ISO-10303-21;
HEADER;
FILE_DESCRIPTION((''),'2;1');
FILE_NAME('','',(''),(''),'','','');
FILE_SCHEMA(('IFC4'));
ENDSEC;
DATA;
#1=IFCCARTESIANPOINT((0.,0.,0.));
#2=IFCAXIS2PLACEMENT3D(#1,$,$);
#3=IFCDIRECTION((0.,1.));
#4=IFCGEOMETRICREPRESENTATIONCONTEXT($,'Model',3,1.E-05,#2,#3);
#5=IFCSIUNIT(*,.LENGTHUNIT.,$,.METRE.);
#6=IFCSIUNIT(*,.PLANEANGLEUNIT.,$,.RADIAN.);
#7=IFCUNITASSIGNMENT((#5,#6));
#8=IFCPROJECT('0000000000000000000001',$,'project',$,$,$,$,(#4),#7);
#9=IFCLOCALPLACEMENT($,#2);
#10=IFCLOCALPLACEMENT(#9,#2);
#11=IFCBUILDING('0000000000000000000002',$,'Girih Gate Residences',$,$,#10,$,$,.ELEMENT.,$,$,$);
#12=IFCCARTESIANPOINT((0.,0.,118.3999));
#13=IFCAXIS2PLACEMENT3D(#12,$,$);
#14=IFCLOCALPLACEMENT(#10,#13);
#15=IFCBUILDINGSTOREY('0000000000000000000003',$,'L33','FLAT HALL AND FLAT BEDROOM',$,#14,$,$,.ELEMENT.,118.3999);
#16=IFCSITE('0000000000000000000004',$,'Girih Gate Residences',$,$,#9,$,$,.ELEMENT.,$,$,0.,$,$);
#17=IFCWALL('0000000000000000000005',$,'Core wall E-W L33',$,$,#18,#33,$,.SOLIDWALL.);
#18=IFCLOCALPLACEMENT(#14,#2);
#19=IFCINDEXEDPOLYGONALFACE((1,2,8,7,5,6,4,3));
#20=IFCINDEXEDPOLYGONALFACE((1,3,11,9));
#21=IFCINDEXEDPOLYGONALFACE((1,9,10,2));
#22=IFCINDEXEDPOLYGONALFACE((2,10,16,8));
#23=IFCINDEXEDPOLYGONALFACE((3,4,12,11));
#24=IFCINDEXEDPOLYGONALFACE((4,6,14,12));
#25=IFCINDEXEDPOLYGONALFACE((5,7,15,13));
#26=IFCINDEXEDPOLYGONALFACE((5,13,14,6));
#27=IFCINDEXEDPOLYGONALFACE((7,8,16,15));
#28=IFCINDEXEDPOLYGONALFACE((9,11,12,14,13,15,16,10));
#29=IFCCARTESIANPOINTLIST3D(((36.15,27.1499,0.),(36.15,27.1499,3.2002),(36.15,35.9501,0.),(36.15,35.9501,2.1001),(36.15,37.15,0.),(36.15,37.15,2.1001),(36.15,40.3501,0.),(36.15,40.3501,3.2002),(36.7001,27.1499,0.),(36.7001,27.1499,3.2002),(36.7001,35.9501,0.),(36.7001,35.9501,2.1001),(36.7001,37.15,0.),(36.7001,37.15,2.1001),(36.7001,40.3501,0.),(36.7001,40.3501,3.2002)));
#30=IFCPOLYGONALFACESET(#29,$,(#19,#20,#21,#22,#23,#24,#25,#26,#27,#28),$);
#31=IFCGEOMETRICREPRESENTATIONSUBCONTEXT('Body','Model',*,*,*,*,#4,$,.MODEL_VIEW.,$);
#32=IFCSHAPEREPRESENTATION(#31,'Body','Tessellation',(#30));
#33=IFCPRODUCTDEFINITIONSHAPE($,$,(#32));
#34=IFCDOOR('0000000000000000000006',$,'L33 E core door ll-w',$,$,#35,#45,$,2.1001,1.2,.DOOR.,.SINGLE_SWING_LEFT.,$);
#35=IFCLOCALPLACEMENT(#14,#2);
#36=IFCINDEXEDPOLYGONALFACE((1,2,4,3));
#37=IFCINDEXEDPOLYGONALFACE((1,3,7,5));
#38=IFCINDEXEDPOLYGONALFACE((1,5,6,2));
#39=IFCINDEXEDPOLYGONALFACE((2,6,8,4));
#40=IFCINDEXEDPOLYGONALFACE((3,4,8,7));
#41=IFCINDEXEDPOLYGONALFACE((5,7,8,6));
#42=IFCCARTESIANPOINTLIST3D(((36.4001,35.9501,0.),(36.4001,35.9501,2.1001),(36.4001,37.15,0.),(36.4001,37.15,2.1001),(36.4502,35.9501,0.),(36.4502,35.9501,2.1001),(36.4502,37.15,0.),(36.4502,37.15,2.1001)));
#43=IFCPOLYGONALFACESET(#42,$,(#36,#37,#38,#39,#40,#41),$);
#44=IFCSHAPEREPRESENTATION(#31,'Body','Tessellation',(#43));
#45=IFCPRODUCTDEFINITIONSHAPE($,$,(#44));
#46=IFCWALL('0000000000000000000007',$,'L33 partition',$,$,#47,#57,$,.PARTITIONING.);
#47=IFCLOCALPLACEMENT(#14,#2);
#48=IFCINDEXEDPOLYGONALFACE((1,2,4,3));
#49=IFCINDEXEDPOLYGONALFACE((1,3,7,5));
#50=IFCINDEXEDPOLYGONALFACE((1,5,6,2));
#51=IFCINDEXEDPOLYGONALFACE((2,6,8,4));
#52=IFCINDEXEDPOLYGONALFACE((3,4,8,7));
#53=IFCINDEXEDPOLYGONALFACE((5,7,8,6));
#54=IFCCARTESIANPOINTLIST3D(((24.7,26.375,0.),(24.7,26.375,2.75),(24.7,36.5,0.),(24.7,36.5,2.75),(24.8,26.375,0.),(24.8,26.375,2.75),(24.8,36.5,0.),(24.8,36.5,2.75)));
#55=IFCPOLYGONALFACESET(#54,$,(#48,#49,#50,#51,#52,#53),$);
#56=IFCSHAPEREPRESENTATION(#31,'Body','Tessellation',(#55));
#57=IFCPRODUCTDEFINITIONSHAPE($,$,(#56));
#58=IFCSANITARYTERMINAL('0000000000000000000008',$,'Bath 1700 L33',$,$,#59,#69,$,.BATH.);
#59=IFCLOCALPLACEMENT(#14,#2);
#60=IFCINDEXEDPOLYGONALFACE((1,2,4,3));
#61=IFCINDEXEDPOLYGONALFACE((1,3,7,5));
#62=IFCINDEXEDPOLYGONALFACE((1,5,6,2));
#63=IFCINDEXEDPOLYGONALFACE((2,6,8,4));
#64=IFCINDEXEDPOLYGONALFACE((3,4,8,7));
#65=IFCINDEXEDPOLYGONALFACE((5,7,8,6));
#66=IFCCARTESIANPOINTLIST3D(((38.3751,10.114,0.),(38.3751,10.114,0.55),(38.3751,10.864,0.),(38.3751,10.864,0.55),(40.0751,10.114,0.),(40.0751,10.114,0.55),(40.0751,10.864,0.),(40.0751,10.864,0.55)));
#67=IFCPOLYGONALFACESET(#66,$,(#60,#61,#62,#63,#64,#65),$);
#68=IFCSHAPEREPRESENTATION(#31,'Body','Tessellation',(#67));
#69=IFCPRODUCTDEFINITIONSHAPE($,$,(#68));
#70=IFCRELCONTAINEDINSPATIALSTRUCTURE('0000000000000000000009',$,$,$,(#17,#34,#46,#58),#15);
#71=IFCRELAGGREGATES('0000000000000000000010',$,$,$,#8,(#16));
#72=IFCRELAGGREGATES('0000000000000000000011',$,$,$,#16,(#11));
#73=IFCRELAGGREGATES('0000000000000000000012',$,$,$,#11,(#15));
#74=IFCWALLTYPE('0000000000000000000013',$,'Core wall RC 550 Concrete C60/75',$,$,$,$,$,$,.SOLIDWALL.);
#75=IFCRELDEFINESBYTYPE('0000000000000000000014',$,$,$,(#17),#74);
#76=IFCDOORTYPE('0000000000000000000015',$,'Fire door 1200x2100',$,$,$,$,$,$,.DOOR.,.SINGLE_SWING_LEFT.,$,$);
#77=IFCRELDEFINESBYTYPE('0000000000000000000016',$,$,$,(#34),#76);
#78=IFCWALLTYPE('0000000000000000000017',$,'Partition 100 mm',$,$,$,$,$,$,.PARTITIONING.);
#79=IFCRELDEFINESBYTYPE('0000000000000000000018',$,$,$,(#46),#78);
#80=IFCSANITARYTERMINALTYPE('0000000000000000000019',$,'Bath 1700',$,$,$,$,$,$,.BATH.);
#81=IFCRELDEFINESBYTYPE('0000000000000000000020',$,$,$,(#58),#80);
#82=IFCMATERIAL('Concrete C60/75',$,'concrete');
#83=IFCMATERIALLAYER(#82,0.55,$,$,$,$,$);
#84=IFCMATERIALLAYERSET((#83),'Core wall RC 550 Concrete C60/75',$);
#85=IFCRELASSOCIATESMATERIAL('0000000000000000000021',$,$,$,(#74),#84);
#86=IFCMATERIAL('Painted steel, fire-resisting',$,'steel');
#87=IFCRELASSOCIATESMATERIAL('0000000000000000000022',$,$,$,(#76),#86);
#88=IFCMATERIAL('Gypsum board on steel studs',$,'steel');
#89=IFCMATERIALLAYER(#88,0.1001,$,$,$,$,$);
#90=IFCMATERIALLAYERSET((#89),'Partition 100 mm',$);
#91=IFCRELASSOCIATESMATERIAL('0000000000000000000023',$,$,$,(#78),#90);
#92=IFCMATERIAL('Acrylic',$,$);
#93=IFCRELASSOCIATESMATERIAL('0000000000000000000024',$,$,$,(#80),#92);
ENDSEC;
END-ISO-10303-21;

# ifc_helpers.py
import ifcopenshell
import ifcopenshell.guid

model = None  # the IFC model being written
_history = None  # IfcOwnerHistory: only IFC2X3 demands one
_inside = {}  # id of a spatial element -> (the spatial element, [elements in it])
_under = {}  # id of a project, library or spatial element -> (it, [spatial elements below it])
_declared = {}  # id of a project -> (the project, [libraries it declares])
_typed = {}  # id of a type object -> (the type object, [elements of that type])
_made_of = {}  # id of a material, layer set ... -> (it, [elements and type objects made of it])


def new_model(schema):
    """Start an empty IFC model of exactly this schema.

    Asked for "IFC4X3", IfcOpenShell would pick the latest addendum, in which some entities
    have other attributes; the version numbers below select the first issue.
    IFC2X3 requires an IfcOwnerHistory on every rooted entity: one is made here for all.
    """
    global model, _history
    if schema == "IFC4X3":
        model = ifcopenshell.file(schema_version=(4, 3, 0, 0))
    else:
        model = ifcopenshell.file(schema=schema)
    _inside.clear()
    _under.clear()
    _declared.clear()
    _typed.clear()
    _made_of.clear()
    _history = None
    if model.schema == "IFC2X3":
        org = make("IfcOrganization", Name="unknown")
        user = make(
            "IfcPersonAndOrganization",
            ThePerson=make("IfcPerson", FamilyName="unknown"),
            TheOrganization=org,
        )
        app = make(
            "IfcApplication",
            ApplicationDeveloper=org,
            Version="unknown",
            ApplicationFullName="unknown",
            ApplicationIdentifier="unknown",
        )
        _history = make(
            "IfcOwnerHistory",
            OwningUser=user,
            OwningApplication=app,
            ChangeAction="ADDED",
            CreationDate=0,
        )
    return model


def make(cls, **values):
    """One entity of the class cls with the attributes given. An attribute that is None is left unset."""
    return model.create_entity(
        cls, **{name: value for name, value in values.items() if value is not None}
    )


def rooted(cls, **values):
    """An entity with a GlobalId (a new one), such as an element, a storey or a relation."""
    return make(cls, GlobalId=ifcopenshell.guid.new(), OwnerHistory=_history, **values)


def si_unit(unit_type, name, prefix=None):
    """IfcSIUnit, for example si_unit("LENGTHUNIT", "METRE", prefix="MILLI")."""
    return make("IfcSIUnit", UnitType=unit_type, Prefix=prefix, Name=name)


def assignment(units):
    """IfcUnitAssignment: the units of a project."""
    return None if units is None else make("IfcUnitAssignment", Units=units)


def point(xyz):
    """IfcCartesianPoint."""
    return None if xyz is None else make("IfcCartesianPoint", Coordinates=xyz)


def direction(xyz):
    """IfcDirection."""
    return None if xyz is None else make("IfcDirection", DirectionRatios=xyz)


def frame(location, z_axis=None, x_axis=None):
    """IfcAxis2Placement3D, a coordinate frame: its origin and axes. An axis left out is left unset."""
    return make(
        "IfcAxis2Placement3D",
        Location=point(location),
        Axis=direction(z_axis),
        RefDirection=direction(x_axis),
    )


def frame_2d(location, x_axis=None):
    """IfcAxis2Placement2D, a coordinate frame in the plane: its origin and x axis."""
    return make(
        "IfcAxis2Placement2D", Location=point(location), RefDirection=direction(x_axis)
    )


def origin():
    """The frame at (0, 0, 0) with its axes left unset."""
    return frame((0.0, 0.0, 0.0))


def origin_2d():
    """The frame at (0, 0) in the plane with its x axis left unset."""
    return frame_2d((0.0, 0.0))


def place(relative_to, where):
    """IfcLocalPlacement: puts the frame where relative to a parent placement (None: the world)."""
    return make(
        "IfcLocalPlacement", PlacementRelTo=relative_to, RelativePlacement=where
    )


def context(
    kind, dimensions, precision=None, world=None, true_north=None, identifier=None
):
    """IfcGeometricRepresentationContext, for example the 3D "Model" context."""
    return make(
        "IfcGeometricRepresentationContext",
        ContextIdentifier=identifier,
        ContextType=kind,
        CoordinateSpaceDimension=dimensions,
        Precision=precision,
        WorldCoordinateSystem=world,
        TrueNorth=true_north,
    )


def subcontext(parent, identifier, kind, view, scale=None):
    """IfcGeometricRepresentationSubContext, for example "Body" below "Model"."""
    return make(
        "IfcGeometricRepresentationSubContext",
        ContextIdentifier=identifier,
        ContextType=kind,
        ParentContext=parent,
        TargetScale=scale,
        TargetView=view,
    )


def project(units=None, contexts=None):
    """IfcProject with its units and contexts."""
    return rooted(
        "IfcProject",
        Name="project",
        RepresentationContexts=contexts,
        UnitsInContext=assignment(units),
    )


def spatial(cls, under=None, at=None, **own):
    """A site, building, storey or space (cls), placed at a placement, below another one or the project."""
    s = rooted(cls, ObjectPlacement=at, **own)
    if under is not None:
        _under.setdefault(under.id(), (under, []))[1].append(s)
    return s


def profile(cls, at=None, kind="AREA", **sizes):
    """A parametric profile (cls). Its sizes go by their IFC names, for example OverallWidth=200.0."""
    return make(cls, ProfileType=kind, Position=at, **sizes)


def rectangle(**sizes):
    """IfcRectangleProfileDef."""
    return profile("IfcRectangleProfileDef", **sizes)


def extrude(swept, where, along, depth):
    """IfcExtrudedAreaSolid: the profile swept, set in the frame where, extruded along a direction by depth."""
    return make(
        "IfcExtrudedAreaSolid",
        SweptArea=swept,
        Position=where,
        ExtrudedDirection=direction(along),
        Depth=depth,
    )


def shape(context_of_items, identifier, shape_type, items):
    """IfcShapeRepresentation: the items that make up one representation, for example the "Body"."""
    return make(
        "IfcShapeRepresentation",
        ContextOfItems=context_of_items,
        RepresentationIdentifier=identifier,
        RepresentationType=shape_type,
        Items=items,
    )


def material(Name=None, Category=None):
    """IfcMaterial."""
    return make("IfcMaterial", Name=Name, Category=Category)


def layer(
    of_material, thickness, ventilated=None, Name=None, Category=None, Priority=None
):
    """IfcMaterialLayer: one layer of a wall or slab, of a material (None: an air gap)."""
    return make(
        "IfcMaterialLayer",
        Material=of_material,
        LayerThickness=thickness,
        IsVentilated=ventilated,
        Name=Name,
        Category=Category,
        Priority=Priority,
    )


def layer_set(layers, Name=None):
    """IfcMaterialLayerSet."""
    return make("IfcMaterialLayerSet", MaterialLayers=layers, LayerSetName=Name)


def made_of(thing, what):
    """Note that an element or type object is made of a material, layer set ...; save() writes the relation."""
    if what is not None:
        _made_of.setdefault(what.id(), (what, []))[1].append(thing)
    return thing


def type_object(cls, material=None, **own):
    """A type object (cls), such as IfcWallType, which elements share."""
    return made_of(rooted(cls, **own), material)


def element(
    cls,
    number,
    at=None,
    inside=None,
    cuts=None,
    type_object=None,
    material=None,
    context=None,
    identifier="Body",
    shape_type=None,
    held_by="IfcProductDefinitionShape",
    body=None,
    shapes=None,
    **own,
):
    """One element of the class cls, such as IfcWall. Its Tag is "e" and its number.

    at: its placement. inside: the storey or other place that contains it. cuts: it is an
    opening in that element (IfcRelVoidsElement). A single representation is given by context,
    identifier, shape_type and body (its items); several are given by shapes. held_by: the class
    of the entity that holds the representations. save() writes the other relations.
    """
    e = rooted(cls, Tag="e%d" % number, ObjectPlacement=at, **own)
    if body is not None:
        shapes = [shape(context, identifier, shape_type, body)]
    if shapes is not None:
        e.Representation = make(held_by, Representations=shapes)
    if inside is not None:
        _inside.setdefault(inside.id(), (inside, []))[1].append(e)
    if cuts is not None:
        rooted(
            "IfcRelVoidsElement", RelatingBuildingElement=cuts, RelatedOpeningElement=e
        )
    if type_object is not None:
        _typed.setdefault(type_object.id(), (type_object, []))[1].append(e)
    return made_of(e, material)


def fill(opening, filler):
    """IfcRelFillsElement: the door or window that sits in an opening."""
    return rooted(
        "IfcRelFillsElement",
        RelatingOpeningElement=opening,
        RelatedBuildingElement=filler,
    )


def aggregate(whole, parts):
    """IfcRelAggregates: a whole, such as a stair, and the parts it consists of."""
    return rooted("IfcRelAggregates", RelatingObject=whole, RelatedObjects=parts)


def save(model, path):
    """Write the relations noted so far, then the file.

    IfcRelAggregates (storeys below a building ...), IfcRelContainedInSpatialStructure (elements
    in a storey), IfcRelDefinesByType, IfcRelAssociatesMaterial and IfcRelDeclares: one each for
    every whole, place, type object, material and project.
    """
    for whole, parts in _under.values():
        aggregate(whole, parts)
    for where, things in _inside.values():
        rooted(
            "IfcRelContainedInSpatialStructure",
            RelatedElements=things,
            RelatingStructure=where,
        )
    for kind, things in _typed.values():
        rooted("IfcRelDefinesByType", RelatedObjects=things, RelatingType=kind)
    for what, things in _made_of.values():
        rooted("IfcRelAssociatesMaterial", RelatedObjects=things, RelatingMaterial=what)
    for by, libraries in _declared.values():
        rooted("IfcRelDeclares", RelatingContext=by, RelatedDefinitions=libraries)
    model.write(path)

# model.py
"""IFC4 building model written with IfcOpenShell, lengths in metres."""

from ifc_helpers import new_model, si_unit, direction, frame, frame_2d, origin, origin_2d, place, context, subcontext, project, spatial, rectangle, extrude, material, layer, layer_set, type_object, element, fill, save


model = new_model("IFC4")

# Units and contexts
model_context = context("Model", 3, precision=1e-05, world=origin(), true_north=direction((0.0, 1.0)))
body_context = subcontext(model_context, "Body", "Model", "MODEL_VIEW")
ifc_project = project(units=[si_unit("LENGTHUNIT", "METRE"), si_unit("PLANEANGLEUNIT", "RADIAN")], contexts=[model_context])

# Site, building, storey
site_placement = place(None, origin())
site = spatial("IfcSite", under=ifc_project, at=site_placement, Name="Girih Gate Residences", CompositionType="ELEMENT", RefElevation=0.0)
building_placement = place(site_placement, origin())
building = spatial("IfcBuilding", under=site, at=building_placement, Name="Girih Gate Residences", CompositionType="ELEMENT")
storey_placement = place(building_placement, frame((0.0, 0.0, 118.3999)))
storey = spatial("IfcBuildingStorey", under=building, at=storey_placement, Name="L33", Description="FLAT HALL AND FLAT BEDROOM", CompositionType="ELEMENT", Elevation=118.3999)

# Shared definitions
ifc_material_1 = material(Name="Concrete C60/75", Category="concrete")

# Shared definitions
ifc_material_2 = material(Name="Gypsum board on steel studs", Category="steel")

# Wall, opening, door
ifc_layer_1 = layer(ifc_material_1, 0.55)
ifc_layer_set_1 = layer_set([ifc_layer_1], Name="Core wall RC 550 Concrete C60/75")
wall_type_1 = type_object("IfcWallType", Name="Core wall RC 550 Concrete C60/75", PredefinedType="SOLIDWALL", material=ifc_layer_set_1)
wall_1_placement = place(storey_placement, frame((36.425, 27.1499, 0.0), z_axis=(0.0, 0.0, 1.0), x_axis=(0.0, 1.0, 0.0)))
wall_1 = element("IfcWall", 1, at=wall_1_placement, inside=storey, type_object=wall_type_1, Name="Core wall E-W L33", PredefinedType="SOLIDWALL", context=body_context, shape_type="SweptSolid", body=[
    extrude(rectangle(XDim=13.2002, YDim=0.55, at=frame_2d((6.6001, 0.0))), origin(), (0.0, 0.0, 1.0), 3.2002),
])
opening_1_placement = place(wall_1_placement, frame((8.8, 0.0, 0.0)))
opening_1 = element("IfcOpeningElement", 2, at=opening_1_placement, cuts=wall_1, PredefinedType="OPENING", context=body_context, shape_type="SweptSolid", body=[
    extrude(rectangle(XDim=1.2, YDim=2.1001, at=frame_2d((0.6001, 1.05))), frame((0.0, 0.2849, 0.0), z_axis=(0.0, -1.0, 0.0), x_axis=(1.0, 0.0, 0.0)), (0.0, 0.0, 1.0), 0.5701),
])
ifc_material_3 = material(Name="Painted steel, fire-resisting", Category="steel")
door_type_1 = type_object("IfcDoorType", Name="Fire door 1200x2100", OperationType="SINGLE_SWING_LEFT", PredefinedType="DOOR", material=ifc_material_3)
door_1_placement = place(opening_1_placement, origin())
door_1 = element("IfcDoor", 3, at=door_1_placement, inside=storey, type_object=door_type_1, Name="L33 E core door ll-w", OperationType="SINGLE_SWING_LEFT", OverallHeight=2.1001, OverallWidth=1.2, PredefinedType="DOOR", context=body_context, shape_type="SweptSolid", body=[
    extrude(rectangle(XDim=1.2, YDim=2.1001, at=frame_2d((0.6001, 1.05))), frame((0.0, 0.0249, 0.0), z_axis=(0.0, -1.0, 0.0), x_axis=(1.0, 0.0, 0.0)), (0.0, 0.0, 1.0), 0.05),
])
fill(opening_1, door_1)

# Wall
ifc_layer_2 = layer(ifc_material_2, 0.1001)
ifc_layer_set_2 = layer_set([ifc_layer_2], Name="Partition 100 mm")
wall_type_2 = type_object("IfcWallType", Name="Partition 100 mm", PredefinedType="PARTITIONING", material=ifc_layer_set_2)
wall_2_placement = place(storey_placement, frame((24.75, 26.375, 0.0), z_axis=(0.0, 0.0, 1.0), x_axis=(0.0, 1.0, 0.0)))
element("IfcWall", 4, at=wall_2_placement, inside=storey, type_object=wall_type_2, Name="L33 partition", PredefinedType="PARTITIONING", context=body_context, shape_type="SweptSolid", body=[
    extrude(rectangle(XDim=10.125, YDim=0.1001, at=frame_2d((5.0625, 0.0))), origin(), (0.0, 0.0, 1.0), 2.75),
])

# Sanitary terminal
ifc_material_4 = material(Name="Acrylic")
sanitary_terminal_type = type_object("IfcSanitaryTerminalType", Name="Bath 1700", PredefinedType="BATH", material=ifc_material_4)
sanitary_terminal_placement = place(storey_placement, frame((39.2251, 10.489, 0.0), z_axis=(0.0, 0.0, 1.0), x_axis=(1.0, 0.0, 0.0)))
element("IfcSanitaryTerminal", 5, at=sanitary_terminal_placement, inside=storey, type_object=sanitary_terminal_type, Name="Bath 1700 L33", PredefinedType="BATH", context=body_context, shape_type="SweptSolid", body=[
    extrude(rectangle(XDim=1.7, YDim=0.75, at=origin_2d()), origin(), (0.0, 0.0, 1.0), 0.55),
])

save(model, "model.ifc")
